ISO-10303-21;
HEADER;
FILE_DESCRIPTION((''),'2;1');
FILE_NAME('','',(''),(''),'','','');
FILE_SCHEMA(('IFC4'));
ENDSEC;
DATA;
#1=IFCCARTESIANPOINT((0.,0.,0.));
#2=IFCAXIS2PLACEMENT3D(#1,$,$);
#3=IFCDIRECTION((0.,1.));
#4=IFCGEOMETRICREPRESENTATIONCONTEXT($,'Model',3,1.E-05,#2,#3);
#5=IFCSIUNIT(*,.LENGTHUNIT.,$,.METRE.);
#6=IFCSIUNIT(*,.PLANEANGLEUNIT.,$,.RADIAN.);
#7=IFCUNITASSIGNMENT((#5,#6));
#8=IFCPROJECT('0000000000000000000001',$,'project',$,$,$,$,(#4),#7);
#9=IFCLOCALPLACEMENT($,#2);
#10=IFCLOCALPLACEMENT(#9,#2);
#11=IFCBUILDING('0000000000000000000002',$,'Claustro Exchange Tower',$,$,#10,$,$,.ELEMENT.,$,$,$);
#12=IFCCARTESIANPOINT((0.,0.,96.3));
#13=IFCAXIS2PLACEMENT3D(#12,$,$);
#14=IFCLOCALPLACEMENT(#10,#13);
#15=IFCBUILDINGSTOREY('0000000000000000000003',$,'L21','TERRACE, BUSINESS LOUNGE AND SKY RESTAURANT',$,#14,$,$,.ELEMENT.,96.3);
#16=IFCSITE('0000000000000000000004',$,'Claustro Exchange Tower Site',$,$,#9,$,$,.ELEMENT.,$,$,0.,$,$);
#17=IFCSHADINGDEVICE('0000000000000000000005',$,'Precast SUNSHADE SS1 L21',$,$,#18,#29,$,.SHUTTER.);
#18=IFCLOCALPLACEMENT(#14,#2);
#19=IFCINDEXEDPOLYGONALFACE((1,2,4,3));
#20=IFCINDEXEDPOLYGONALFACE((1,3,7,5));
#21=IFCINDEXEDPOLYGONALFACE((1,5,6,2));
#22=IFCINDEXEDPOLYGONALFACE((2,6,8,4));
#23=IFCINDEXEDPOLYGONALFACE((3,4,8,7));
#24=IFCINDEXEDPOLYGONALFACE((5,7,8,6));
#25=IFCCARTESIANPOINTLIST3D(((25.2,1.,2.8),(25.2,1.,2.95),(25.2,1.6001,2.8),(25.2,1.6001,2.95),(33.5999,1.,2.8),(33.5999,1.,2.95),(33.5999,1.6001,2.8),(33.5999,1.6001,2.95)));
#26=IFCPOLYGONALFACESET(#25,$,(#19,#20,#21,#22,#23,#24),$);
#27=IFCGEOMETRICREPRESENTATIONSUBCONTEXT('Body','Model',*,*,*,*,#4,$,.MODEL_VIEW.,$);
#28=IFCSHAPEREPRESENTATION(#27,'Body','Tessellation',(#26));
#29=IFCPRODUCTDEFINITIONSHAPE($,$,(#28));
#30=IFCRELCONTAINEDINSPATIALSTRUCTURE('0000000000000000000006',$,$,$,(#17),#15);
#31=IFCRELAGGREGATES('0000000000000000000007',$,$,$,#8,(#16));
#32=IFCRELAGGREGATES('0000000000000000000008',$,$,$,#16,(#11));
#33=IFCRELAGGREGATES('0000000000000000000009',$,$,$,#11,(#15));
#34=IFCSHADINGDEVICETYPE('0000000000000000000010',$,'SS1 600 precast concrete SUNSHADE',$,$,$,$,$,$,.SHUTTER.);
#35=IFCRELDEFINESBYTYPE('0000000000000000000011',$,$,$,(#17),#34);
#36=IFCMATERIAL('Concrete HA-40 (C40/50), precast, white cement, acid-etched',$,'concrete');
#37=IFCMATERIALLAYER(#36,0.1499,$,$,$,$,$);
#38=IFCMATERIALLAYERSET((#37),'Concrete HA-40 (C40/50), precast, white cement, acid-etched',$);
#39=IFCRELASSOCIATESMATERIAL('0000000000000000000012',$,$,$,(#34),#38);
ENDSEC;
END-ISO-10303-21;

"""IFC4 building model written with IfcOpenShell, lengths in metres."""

from ifc_helpers import new_model, si_unit, direction, frame, origin, origin_2d, place, context, subcontext, project, spatial, rectangle, extrude, material, layer, layer_set, type_object, element, save


model = new_model("IFC4")

# Units and contexts
model_context = context("Model", 3, precision=1e-05, world=origin(), true_north=direction((0.0, 1.0)))
body_context = subcontext(model_context, "Body", "Model", "MODEL_VIEW")
ifc_project = project(units=[si_unit("LENGTHUNIT", "METRE"), si_unit("PLANEANGLEUNIT", "RADIAN")], contexts=[model_context])

# Site, building, storey
site_placement = place(None, origin())
site = spatial("IfcSite", under=ifc_project, at=site_placement, Name="Claustro Exchange Tower Site", CompositionType="ELEMENT", RefElevation=0.0)
building_placement = place(site_placement, origin())
building = spatial("IfcBuilding", under=site, at=building_placement, Name="Claustro Exchange Tower", CompositionType="ELEMENT")
storey_placement = place(building_placement, frame((0.0, 0.0, 96.3)))
storey = spatial("IfcBuildingStorey", under=building, at=storey_placement, Name="L21", Description="TERRACE, BUSINESS LOUNGE AND SKY RESTAURANT", CompositionType="ELEMENT", Elevation=96.3)

# Shading device
ifc_material_1 = material(Name="Concrete HA-40 (C40/50), precast, white cement, acid-etched", Category="concrete")
ifc_layer_1 = layer(ifc_material_1, 0.1499)
ifc_layer_set_1 = layer_set([ifc_layer_1], Name="Concrete HA-40 (C40/50), precast, white cement, acid-etched")
shading_device_type = type_object("IfcShadingDeviceType", Name="SS1 600 precast concrete SUNSHADE", PredefinedType="SHUTTER", material=ifc_layer_set_1)
shading_device_placement = place(storey_placement, frame((29.3999, 1.3, 2.8), z_axis=(0.0, 0.0, 1.0), x_axis=(-1.0, 0.0, 0.0)))
element("IfcShadingDevice", 1, at=shading_device_placement, inside=storey, type_object=shading_device_type, Name="Precast SUNSHADE SS1 L21", PredefinedType="SHUTTER", context=body_context, shape_type="SweptSolid", body=[
    extrude(rectangle(XDim=8.3999, YDim=0.6001, at=origin_2d()), origin(), (0.0, 0.0, 1.0), 0.1499),
])

save(model, "model.ifc")
